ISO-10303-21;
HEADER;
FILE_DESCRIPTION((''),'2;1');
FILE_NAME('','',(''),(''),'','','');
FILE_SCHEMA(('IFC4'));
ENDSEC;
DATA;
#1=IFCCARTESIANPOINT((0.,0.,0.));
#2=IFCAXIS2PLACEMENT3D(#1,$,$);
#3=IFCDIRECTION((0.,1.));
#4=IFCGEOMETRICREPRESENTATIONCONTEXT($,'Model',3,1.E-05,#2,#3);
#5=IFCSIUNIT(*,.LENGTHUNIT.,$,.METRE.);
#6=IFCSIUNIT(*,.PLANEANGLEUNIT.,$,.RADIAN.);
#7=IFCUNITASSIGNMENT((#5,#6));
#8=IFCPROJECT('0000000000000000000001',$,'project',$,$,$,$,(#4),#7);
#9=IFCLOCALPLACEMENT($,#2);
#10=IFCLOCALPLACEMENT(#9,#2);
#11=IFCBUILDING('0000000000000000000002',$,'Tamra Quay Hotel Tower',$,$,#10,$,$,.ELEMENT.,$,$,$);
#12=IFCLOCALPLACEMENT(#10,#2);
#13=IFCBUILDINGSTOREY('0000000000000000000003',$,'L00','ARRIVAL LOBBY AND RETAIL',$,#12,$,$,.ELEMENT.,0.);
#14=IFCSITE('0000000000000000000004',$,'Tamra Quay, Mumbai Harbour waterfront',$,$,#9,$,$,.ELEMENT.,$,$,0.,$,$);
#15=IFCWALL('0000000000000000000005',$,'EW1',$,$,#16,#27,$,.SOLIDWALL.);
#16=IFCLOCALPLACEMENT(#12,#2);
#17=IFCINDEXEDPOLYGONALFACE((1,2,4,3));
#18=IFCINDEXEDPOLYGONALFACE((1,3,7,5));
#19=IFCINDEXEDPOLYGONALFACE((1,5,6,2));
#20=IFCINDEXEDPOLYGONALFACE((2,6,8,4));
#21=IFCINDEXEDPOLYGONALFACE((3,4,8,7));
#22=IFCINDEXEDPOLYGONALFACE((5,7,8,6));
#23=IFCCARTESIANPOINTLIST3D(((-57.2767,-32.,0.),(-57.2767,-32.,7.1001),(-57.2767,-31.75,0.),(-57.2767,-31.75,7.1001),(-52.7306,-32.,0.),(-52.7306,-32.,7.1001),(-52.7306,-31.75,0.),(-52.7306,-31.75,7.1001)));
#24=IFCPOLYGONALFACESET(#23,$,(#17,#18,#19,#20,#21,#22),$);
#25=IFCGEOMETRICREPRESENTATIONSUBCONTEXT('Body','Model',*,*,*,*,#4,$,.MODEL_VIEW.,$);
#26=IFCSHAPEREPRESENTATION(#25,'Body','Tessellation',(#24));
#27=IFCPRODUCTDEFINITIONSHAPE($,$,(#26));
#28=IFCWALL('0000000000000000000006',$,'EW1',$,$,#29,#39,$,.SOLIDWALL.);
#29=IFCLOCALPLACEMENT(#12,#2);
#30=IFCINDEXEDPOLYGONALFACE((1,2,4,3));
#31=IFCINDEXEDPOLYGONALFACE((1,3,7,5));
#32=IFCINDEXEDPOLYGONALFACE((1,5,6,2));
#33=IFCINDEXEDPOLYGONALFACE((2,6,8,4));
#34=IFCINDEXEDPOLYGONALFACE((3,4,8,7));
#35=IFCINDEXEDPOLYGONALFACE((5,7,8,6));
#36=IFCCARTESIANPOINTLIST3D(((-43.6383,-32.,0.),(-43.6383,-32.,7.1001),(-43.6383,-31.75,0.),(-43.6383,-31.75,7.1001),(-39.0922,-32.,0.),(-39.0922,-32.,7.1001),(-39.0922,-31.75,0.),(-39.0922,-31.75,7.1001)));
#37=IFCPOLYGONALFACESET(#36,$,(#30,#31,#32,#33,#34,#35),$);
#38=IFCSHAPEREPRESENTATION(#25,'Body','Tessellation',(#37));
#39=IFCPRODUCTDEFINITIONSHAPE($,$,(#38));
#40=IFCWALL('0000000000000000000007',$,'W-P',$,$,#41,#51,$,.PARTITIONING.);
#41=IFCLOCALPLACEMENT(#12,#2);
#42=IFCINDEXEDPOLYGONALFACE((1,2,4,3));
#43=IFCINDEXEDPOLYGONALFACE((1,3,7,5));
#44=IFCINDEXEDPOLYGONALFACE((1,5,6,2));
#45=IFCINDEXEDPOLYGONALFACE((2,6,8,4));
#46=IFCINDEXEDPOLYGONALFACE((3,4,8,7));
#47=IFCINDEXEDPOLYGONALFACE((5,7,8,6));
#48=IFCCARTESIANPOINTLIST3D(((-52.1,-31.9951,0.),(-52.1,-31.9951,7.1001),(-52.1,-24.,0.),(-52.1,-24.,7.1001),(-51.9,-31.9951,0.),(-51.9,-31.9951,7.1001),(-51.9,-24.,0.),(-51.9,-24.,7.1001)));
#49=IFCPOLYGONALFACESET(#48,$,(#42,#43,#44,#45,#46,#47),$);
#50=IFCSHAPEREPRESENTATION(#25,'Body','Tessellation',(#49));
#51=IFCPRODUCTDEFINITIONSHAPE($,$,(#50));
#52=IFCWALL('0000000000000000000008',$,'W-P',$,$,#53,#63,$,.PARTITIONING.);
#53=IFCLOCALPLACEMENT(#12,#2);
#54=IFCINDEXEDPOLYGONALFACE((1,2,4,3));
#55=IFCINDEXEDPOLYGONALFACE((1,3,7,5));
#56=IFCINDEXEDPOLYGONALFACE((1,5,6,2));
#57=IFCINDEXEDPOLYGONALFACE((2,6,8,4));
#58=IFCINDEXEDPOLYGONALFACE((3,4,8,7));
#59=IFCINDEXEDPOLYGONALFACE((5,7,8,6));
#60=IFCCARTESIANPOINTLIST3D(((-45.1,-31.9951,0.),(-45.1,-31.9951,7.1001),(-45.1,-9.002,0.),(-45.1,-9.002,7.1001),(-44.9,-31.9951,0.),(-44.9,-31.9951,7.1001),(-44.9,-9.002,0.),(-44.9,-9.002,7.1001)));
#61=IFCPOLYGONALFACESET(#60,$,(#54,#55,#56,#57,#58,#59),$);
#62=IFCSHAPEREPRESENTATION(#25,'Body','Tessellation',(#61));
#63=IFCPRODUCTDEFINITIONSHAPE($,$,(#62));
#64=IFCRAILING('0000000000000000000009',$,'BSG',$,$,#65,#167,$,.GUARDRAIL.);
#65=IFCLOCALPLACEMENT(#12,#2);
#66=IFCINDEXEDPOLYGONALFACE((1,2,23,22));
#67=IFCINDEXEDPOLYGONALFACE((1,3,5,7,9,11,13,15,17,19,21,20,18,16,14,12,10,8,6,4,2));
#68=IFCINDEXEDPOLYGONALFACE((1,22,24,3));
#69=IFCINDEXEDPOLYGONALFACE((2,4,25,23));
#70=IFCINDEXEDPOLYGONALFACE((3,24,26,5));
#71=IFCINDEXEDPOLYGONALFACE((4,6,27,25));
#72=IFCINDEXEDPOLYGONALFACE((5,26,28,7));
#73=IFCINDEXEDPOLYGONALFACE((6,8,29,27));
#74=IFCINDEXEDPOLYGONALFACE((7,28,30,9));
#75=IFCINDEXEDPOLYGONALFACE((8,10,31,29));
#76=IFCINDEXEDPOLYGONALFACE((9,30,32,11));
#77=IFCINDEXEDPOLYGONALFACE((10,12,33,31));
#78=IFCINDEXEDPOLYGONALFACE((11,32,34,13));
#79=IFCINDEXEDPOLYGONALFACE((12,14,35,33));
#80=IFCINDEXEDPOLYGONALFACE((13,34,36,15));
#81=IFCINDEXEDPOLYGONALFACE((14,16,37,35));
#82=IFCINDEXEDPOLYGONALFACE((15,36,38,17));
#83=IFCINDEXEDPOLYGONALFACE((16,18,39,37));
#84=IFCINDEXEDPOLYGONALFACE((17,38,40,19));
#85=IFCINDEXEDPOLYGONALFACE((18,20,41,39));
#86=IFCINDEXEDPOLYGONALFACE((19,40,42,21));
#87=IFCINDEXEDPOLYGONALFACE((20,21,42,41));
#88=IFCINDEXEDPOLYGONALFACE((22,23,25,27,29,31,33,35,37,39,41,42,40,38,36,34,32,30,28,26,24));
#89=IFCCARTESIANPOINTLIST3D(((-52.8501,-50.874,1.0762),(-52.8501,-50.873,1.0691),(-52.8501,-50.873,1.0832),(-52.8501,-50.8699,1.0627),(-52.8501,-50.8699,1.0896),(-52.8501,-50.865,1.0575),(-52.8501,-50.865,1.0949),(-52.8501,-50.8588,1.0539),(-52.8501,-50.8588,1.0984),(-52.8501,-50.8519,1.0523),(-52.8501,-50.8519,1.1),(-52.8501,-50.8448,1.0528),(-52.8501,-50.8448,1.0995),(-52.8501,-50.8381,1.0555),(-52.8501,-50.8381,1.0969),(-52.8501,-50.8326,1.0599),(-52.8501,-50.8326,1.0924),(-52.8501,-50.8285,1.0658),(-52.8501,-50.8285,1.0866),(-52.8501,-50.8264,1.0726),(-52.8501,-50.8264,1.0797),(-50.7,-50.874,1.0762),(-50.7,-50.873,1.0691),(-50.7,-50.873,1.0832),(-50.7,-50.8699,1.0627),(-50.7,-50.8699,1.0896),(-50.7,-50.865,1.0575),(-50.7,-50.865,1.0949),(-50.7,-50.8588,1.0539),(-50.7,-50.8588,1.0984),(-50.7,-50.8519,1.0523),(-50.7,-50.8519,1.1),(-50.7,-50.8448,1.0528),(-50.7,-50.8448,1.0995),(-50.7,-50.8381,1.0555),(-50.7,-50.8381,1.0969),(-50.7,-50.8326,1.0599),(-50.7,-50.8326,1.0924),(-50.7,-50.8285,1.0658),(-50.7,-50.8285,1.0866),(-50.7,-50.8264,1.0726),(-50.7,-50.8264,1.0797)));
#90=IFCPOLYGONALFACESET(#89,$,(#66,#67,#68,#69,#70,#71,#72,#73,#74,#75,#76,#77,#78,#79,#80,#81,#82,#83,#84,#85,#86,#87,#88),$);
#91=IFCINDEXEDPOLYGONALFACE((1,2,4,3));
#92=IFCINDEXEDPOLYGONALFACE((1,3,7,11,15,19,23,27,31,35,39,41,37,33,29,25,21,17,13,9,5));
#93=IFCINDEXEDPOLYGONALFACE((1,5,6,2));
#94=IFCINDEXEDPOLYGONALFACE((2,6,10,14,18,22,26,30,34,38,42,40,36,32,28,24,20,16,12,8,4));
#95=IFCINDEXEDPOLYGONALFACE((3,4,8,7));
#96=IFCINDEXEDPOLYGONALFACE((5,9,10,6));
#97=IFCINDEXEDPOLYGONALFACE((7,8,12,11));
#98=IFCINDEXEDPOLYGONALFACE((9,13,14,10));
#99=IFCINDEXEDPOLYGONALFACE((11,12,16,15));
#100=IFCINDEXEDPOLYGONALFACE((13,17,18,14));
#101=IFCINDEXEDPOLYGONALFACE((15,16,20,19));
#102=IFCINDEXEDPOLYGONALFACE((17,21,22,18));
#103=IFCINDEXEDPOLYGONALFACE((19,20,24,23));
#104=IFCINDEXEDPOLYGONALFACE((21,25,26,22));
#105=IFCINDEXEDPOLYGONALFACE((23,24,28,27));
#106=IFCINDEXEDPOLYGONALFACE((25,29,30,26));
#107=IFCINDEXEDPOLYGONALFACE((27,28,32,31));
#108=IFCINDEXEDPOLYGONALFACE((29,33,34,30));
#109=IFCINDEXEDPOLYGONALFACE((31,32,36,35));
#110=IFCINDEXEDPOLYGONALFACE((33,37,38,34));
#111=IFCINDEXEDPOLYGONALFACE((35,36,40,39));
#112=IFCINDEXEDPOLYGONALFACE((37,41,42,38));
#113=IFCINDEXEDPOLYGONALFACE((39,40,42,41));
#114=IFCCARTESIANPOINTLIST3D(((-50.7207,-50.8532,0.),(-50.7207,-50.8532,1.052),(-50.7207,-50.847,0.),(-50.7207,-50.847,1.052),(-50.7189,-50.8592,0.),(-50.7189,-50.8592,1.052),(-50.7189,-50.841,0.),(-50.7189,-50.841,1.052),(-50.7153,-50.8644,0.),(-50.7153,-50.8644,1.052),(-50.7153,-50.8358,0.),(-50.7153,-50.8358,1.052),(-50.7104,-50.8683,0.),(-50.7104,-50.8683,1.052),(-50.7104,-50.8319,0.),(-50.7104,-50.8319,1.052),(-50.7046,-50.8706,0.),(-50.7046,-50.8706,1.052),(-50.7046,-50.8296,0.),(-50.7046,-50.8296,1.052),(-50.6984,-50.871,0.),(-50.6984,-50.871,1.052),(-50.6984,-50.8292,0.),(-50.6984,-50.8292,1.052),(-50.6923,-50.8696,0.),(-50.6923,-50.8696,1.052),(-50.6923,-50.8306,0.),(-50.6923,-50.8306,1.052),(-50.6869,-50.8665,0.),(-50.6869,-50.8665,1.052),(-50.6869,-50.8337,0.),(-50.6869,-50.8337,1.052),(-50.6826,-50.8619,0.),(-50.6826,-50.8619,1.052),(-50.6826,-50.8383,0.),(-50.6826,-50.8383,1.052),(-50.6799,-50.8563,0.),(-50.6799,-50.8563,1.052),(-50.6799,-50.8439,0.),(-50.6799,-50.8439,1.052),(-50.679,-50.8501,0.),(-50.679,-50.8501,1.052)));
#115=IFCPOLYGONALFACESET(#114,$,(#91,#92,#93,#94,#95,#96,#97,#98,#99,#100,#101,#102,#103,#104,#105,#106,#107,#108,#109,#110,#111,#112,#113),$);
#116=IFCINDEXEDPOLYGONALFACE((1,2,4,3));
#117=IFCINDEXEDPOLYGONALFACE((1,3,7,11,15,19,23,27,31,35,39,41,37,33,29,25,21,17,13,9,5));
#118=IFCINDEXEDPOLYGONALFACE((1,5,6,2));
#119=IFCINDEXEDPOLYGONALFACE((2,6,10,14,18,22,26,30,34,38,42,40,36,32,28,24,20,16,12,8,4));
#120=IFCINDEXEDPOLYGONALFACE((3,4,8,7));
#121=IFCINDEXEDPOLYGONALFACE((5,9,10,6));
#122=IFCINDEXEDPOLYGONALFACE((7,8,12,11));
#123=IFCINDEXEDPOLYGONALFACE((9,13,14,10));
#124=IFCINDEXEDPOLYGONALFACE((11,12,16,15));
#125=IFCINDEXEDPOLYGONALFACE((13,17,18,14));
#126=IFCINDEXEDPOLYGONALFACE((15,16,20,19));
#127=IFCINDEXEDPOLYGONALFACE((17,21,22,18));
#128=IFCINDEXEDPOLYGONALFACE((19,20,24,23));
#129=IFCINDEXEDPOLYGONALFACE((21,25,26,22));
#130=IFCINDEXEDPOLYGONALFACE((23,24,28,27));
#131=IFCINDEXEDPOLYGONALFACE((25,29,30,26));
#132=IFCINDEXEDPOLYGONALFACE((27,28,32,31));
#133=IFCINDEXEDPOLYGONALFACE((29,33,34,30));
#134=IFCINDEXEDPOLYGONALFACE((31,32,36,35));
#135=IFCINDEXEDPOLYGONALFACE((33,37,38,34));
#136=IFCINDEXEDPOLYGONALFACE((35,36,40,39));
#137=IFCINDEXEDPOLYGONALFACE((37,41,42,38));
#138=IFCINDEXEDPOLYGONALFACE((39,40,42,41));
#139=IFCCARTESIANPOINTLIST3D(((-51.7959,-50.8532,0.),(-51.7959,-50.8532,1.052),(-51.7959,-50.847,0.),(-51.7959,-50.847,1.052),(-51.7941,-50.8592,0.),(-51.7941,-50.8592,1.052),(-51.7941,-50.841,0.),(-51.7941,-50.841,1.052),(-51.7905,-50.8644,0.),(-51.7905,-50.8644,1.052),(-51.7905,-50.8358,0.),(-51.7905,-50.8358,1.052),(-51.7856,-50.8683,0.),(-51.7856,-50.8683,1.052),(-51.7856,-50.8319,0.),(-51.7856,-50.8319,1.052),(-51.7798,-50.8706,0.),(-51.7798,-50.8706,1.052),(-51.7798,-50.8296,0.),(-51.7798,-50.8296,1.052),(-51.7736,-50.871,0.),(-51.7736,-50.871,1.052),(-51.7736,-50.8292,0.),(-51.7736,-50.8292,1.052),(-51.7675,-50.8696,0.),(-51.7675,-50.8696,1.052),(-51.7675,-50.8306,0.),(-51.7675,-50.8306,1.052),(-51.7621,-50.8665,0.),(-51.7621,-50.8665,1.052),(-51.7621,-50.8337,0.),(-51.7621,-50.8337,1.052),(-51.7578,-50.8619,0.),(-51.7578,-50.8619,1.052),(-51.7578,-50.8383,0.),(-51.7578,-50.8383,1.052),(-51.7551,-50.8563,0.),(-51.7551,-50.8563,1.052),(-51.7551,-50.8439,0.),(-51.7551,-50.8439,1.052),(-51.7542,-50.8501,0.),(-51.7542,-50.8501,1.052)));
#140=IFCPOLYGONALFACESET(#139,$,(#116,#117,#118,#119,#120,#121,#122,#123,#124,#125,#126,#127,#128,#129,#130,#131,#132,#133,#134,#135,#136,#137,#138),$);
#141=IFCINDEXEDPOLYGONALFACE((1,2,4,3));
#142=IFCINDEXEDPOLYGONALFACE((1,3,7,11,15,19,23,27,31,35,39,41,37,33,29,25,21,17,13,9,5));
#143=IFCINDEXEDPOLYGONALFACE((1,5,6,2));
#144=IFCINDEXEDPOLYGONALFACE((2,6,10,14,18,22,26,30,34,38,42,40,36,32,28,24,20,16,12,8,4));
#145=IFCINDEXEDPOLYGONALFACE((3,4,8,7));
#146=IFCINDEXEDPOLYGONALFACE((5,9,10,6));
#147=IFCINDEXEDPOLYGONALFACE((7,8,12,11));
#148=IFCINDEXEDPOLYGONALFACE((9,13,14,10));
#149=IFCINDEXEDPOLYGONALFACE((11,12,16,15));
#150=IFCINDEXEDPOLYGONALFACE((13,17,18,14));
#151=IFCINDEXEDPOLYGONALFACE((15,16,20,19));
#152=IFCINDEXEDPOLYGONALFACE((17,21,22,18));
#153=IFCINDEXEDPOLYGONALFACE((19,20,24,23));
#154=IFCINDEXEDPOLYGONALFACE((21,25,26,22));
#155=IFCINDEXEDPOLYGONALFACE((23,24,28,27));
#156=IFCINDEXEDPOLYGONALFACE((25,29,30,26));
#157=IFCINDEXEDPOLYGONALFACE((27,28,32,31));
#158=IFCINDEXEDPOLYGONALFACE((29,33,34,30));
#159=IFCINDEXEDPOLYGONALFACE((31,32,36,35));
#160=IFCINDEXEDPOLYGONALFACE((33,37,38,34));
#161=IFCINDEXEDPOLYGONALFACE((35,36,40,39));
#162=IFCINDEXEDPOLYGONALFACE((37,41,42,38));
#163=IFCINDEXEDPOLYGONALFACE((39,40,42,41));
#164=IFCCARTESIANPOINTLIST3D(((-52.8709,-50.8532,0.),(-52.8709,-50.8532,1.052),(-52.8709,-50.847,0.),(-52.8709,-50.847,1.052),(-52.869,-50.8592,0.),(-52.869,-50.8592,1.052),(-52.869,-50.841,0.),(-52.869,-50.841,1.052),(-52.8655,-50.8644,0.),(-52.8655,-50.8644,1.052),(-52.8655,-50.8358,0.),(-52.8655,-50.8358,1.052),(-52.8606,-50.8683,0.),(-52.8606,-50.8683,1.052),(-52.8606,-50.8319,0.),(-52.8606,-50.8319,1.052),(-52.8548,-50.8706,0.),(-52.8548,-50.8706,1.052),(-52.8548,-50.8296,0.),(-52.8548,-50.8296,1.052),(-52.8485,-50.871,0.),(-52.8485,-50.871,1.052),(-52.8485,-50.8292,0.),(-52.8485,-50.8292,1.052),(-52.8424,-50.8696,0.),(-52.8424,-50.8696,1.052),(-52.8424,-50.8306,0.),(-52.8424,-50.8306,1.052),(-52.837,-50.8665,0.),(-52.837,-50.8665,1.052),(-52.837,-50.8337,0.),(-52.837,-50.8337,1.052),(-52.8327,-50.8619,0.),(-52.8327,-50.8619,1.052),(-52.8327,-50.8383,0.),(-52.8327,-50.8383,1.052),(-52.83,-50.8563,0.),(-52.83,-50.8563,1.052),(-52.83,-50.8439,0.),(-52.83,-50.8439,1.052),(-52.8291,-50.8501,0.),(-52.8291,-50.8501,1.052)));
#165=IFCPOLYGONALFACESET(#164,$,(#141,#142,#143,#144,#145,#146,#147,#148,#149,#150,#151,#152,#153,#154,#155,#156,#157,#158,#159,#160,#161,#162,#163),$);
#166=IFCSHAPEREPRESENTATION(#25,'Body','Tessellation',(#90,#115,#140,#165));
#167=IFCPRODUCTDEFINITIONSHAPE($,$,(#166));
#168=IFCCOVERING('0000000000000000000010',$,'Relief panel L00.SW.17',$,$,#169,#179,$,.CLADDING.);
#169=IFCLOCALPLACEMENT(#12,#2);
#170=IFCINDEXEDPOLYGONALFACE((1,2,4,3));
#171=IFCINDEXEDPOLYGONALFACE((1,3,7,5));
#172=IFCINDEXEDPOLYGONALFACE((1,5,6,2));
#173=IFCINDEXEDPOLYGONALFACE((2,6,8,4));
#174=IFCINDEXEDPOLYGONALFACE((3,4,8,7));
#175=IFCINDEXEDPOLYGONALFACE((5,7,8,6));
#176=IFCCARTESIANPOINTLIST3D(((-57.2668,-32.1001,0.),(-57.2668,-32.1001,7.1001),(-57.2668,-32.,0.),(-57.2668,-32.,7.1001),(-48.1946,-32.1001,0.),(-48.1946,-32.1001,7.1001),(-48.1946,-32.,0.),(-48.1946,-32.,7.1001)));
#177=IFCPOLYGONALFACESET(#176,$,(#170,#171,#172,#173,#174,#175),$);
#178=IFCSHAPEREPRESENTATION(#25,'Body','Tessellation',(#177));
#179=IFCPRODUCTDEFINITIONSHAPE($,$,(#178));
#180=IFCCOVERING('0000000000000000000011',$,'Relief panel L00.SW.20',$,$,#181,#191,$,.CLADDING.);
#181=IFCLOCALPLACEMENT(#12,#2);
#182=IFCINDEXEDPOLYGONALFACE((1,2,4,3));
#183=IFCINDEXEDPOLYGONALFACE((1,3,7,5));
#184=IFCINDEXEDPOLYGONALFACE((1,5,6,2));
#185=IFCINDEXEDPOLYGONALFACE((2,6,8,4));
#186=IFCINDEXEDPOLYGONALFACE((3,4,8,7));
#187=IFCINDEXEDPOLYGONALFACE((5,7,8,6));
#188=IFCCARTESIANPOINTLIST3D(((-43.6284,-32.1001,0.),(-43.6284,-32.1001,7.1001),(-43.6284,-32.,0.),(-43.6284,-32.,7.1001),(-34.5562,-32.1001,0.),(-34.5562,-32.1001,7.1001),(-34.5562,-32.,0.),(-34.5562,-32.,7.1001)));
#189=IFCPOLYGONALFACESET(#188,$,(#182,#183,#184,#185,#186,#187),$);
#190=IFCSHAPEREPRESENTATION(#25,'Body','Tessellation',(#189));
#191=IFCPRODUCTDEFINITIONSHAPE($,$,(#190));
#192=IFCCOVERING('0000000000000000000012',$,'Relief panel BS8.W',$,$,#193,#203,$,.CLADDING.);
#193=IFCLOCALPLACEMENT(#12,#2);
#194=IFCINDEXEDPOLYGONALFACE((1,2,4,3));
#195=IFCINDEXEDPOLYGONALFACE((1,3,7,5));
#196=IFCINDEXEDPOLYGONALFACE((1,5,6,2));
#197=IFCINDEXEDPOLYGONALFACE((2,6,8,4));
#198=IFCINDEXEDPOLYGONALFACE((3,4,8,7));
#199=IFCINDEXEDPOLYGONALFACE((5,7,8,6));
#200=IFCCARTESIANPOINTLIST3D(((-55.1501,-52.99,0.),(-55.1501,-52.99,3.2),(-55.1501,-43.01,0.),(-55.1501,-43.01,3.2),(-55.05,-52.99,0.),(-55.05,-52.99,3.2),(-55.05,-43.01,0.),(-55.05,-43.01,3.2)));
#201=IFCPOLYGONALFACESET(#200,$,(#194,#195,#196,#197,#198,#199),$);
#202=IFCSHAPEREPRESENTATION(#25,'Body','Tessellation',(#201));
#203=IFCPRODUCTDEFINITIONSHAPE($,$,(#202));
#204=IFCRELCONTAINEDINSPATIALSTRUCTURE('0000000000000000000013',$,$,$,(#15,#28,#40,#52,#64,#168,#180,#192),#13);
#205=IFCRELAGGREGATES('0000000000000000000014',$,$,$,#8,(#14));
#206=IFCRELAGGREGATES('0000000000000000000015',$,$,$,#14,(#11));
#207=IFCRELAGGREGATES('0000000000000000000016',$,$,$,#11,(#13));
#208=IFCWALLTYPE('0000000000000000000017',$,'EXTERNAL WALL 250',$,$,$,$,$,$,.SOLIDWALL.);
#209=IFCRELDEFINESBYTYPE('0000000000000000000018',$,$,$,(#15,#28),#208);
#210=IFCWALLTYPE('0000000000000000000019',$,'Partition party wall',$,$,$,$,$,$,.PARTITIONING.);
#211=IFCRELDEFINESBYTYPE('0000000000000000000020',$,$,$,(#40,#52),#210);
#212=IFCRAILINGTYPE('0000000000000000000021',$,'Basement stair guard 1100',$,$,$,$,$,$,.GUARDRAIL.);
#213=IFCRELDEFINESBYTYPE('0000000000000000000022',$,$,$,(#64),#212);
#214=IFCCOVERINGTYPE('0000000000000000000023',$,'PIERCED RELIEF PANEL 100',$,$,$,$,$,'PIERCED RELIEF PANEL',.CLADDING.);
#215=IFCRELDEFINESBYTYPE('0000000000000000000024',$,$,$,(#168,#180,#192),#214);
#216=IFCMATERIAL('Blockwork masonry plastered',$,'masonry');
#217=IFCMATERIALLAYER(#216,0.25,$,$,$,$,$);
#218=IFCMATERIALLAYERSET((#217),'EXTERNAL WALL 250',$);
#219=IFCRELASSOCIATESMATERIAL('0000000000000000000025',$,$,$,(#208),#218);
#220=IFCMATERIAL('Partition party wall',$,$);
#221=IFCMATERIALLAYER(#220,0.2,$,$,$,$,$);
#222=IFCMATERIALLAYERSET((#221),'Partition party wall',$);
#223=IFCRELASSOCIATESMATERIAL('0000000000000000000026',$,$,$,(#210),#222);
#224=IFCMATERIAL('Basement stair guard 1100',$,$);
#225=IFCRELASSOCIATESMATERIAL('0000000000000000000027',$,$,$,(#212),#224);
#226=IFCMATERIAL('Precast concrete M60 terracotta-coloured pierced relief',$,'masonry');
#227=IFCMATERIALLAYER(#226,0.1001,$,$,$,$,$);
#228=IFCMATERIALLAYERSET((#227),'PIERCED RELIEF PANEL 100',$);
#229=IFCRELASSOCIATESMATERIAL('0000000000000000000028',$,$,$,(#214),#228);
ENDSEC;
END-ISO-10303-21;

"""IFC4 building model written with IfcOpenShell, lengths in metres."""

from ifc_helpers import new_model, si_unit, direction, frame, frame_2d, origin, origin_2d, place, context, subcontext, project, spatial, rectangle, circle, extrude, material, layer, layer_set, type_object, element, save


model = new_model("IFC4")

# Units and contexts
model_context = context("Model", 3, precision=1e-05, world=origin(), true_north=direction((0.0, 1.0)))
body_context = subcontext(model_context, "Body", "Model", "MODEL_VIEW")
ifc_project = project(units=[si_unit("LENGTHUNIT", "METRE"), si_unit("PLANEANGLEUNIT", "RADIAN")], contexts=[model_context])

# Site, building, storey
site_placement = place(None, origin())
site = spatial("IfcSite", under=ifc_project, at=site_placement, Name="Tamra Quay, Mumbai Harbour waterfront", CompositionType="ELEMENT", RefElevation=0.0)
building_placement = place(site_placement, origin())
building = spatial("IfcBuilding", under=site, at=building_placement, Name="Tamra Quay Hotel Tower", CompositionType="ELEMENT")
storey_placement = place(building_placement, origin())
storey = spatial("IfcBuildingStorey", under=building, at=storey_placement, Name="L00", Description="ARRIVAL LOBBY AND RETAIL", CompositionType="ELEMENT", Elevation=0.0)

# Walls
ifc_material_1 = material(Name="Blockwork masonry plastered", Category="masonry")
ifc_layer_1 = layer(ifc_material_1, 0.25)
ifc_layer_set_1 = layer_set([ifc_layer_1], Name="EXTERNAL WALL 250")
wall_type_1 = type_object("IfcWallType", Name="EXTERNAL WALL 250", PredefinedType="SOLIDWALL", material=ifc_layer_set_1)
for number, where, z_axis, x_axis, name in (
    (1, (-52.7307, -31.875, 0.0), (0.0, 0.0, 1.0), (-1.0, 0.0, 0.0), "EW1"),
    (2, (-39.0923, -31.875, 0.0), (0.0, 0.0, 1.0), (-1.0, 0.0, 0.0), "EW1"),
):
    element("IfcWall", number, at=place(storey_placement, frame(where, z_axis=z_axis, x_axis=x_axis)), inside=storey, type_object=wall_type_1, Name=name, PredefinedType="SOLIDWALL", context=body_context, shape_type="SweptSolid", body=[
        extrude(rectangle(XDim=4.5461, YDim=0.25, at=frame_2d((2.2729, 0.0))), origin(), (0.0, 0.0, 1.0), 7.1001),
    ])
ifc_material_2 = material(Name="Partition party wall")
ifc_layer_2 = layer(ifc_material_2, 0.2)
ifc_layer_set_2 = layer_set([ifc_layer_2], Name="Partition party wall")
wall_type_2 = type_object("IfcWallType", Name="Partition party wall", PredefinedType="PARTITIONING", material=ifc_layer_set_2)
wall_1_placement = place(storey_placement, frame((-52.0, -31.9951, 0.0), z_axis=(0.0, 0.0, 1.0), x_axis=(0.0, 1.0, 0.0)))
element("IfcWall", 3, at=wall_1_placement, inside=storey, type_object=wall_type_2, Name="W-P", PredefinedType="PARTITIONING", context=body_context, shape_type="SweptSolid", body=[
    extrude(rectangle(XDim=7.9951, YDim=0.2, at=frame_2d((3.9976, 0.0))), origin(), (0.0, 0.0, 1.0), 7.1001),
])
wall_2_placement = place(storey_placement, frame((-45.0, -31.9951, 0.0), z_axis=(0.0, 0.0, 1.0), x_axis=(0.0, 1.0, 0.0)))
element("IfcWall", 4, at=wall_2_placement, inside=storey, type_object=wall_type_2, Name="W-P", PredefinedType="PARTITIONING", context=body_context, shape_type="SweptSolid", body=[
    extrude(rectangle(XDim=22.9932, YDim=0.2, at=frame_2d((11.4966, 0.0))), origin(), (0.0, 0.0, 1.0), 7.1001),
])

# Railing
ifc_material_3 = material(Name="Basement stair guard 1100")
railing_type = type_object("IfcRailingType", Name="Basement stair guard 1100", PredefinedType="GUARDRAIL", material=ifc_material_3)
railing_placement = place(storey_placement, frame((-50.7, -50.8501, 0.0)))
element("IfcRailing", 5, at=railing_placement, inside=storey, type_object=railing_type, Name="BSG", PredefinedType="GUARDRAIL", context=body_context, shape_type="SweptSolid", body=[
    extrude(circle(Radius=0.0239, at=origin_2d()), frame((0.0, 0.0, 1.0762), z_axis=(-1.0, 0.0, 0.0), x_axis=(0.0, -1.0, 0.0)), (0.0, 0.0, 1.0), 2.1501),
    extrude(circle(Radius=0.021, at=origin_2d()), origin(), (0.0, 0.0, 1.0), 1.052),
    extrude(circle(Radius=0.021, at=origin_2d()), frame((-1.0752, 0.0, 0.0)), (0.0, 0.0, 1.0), 1.052),
    extrude(circle(Radius=0.021, at=origin_2d()), frame((-2.1501, 0.0, 0.0)), (0.0, 0.0, 1.0), 1.052),
])

# Coverings
ifc_material_4 = material(Name="Precast concrete M60 terracotta-coloured pierced relief", Category="masonry")
ifc_layer_3 = layer(ifc_material_4, 0.1001)
ifc_layer_set_3 = layer_set([ifc_layer_3], Name="PIERCED RELIEF PANEL 100")
covering_type_1 = type_object("IfcCoveringType", Name="PIERCED RELIEF PANEL 100", ElementType="PIERCED RELIEF PANEL", PredefinedType="CLADDING", material=ifc_layer_set_3)
for number, where, z_axis, x_axis, name in (
    (6, (-52.7307, -32.05, 0.0), (0.0, 0.0, 1.0), (1.0, 0.0, 0.0), "Relief panel L00.SW.17"),
    (7, (-39.0923, -32.05, 0.0), (0.0, 0.0, 1.0), (1.0, 0.0, 0.0), "Relief panel L00.SW.20"),
):
    element("IfcCovering", number, at=place(storey_placement, frame(where, z_axis=z_axis, x_axis=x_axis)), inside=storey, type_object=covering_type_1, Name=name, PredefinedType="CLADDING", context=body_context, shape_type="SweptSolid", body=[
        extrude(rectangle(XDim=9.0723, YDim=0.1001, at=origin_2d()), origin(), (0.0, 0.0, 1.0), 7.1001),
    ])
for number, where, z_axis, x_axis, name in (
    (8, (-55.1001, -48.0, 0.0), (0.0, 0.0, 1.0), (0.0, -1.0, 0.0), "Relief panel BS8.W"),
):
    element("IfcCovering", number, at=place(storey_placement, frame(where, z_axis=z_axis, x_axis=x_axis)), inside=storey, type_object=covering_type_1, Name=name, PredefinedType="CLADDING", context=body_context, shape_type="SweptSolid", body=[
        extrude(rectangle(XDim=9.98, YDim=0.1001, at=origin_2d()), origin(), (0.0, 0.0, 1.0), 3.2),
    ])

save(model, "model.ifc")
